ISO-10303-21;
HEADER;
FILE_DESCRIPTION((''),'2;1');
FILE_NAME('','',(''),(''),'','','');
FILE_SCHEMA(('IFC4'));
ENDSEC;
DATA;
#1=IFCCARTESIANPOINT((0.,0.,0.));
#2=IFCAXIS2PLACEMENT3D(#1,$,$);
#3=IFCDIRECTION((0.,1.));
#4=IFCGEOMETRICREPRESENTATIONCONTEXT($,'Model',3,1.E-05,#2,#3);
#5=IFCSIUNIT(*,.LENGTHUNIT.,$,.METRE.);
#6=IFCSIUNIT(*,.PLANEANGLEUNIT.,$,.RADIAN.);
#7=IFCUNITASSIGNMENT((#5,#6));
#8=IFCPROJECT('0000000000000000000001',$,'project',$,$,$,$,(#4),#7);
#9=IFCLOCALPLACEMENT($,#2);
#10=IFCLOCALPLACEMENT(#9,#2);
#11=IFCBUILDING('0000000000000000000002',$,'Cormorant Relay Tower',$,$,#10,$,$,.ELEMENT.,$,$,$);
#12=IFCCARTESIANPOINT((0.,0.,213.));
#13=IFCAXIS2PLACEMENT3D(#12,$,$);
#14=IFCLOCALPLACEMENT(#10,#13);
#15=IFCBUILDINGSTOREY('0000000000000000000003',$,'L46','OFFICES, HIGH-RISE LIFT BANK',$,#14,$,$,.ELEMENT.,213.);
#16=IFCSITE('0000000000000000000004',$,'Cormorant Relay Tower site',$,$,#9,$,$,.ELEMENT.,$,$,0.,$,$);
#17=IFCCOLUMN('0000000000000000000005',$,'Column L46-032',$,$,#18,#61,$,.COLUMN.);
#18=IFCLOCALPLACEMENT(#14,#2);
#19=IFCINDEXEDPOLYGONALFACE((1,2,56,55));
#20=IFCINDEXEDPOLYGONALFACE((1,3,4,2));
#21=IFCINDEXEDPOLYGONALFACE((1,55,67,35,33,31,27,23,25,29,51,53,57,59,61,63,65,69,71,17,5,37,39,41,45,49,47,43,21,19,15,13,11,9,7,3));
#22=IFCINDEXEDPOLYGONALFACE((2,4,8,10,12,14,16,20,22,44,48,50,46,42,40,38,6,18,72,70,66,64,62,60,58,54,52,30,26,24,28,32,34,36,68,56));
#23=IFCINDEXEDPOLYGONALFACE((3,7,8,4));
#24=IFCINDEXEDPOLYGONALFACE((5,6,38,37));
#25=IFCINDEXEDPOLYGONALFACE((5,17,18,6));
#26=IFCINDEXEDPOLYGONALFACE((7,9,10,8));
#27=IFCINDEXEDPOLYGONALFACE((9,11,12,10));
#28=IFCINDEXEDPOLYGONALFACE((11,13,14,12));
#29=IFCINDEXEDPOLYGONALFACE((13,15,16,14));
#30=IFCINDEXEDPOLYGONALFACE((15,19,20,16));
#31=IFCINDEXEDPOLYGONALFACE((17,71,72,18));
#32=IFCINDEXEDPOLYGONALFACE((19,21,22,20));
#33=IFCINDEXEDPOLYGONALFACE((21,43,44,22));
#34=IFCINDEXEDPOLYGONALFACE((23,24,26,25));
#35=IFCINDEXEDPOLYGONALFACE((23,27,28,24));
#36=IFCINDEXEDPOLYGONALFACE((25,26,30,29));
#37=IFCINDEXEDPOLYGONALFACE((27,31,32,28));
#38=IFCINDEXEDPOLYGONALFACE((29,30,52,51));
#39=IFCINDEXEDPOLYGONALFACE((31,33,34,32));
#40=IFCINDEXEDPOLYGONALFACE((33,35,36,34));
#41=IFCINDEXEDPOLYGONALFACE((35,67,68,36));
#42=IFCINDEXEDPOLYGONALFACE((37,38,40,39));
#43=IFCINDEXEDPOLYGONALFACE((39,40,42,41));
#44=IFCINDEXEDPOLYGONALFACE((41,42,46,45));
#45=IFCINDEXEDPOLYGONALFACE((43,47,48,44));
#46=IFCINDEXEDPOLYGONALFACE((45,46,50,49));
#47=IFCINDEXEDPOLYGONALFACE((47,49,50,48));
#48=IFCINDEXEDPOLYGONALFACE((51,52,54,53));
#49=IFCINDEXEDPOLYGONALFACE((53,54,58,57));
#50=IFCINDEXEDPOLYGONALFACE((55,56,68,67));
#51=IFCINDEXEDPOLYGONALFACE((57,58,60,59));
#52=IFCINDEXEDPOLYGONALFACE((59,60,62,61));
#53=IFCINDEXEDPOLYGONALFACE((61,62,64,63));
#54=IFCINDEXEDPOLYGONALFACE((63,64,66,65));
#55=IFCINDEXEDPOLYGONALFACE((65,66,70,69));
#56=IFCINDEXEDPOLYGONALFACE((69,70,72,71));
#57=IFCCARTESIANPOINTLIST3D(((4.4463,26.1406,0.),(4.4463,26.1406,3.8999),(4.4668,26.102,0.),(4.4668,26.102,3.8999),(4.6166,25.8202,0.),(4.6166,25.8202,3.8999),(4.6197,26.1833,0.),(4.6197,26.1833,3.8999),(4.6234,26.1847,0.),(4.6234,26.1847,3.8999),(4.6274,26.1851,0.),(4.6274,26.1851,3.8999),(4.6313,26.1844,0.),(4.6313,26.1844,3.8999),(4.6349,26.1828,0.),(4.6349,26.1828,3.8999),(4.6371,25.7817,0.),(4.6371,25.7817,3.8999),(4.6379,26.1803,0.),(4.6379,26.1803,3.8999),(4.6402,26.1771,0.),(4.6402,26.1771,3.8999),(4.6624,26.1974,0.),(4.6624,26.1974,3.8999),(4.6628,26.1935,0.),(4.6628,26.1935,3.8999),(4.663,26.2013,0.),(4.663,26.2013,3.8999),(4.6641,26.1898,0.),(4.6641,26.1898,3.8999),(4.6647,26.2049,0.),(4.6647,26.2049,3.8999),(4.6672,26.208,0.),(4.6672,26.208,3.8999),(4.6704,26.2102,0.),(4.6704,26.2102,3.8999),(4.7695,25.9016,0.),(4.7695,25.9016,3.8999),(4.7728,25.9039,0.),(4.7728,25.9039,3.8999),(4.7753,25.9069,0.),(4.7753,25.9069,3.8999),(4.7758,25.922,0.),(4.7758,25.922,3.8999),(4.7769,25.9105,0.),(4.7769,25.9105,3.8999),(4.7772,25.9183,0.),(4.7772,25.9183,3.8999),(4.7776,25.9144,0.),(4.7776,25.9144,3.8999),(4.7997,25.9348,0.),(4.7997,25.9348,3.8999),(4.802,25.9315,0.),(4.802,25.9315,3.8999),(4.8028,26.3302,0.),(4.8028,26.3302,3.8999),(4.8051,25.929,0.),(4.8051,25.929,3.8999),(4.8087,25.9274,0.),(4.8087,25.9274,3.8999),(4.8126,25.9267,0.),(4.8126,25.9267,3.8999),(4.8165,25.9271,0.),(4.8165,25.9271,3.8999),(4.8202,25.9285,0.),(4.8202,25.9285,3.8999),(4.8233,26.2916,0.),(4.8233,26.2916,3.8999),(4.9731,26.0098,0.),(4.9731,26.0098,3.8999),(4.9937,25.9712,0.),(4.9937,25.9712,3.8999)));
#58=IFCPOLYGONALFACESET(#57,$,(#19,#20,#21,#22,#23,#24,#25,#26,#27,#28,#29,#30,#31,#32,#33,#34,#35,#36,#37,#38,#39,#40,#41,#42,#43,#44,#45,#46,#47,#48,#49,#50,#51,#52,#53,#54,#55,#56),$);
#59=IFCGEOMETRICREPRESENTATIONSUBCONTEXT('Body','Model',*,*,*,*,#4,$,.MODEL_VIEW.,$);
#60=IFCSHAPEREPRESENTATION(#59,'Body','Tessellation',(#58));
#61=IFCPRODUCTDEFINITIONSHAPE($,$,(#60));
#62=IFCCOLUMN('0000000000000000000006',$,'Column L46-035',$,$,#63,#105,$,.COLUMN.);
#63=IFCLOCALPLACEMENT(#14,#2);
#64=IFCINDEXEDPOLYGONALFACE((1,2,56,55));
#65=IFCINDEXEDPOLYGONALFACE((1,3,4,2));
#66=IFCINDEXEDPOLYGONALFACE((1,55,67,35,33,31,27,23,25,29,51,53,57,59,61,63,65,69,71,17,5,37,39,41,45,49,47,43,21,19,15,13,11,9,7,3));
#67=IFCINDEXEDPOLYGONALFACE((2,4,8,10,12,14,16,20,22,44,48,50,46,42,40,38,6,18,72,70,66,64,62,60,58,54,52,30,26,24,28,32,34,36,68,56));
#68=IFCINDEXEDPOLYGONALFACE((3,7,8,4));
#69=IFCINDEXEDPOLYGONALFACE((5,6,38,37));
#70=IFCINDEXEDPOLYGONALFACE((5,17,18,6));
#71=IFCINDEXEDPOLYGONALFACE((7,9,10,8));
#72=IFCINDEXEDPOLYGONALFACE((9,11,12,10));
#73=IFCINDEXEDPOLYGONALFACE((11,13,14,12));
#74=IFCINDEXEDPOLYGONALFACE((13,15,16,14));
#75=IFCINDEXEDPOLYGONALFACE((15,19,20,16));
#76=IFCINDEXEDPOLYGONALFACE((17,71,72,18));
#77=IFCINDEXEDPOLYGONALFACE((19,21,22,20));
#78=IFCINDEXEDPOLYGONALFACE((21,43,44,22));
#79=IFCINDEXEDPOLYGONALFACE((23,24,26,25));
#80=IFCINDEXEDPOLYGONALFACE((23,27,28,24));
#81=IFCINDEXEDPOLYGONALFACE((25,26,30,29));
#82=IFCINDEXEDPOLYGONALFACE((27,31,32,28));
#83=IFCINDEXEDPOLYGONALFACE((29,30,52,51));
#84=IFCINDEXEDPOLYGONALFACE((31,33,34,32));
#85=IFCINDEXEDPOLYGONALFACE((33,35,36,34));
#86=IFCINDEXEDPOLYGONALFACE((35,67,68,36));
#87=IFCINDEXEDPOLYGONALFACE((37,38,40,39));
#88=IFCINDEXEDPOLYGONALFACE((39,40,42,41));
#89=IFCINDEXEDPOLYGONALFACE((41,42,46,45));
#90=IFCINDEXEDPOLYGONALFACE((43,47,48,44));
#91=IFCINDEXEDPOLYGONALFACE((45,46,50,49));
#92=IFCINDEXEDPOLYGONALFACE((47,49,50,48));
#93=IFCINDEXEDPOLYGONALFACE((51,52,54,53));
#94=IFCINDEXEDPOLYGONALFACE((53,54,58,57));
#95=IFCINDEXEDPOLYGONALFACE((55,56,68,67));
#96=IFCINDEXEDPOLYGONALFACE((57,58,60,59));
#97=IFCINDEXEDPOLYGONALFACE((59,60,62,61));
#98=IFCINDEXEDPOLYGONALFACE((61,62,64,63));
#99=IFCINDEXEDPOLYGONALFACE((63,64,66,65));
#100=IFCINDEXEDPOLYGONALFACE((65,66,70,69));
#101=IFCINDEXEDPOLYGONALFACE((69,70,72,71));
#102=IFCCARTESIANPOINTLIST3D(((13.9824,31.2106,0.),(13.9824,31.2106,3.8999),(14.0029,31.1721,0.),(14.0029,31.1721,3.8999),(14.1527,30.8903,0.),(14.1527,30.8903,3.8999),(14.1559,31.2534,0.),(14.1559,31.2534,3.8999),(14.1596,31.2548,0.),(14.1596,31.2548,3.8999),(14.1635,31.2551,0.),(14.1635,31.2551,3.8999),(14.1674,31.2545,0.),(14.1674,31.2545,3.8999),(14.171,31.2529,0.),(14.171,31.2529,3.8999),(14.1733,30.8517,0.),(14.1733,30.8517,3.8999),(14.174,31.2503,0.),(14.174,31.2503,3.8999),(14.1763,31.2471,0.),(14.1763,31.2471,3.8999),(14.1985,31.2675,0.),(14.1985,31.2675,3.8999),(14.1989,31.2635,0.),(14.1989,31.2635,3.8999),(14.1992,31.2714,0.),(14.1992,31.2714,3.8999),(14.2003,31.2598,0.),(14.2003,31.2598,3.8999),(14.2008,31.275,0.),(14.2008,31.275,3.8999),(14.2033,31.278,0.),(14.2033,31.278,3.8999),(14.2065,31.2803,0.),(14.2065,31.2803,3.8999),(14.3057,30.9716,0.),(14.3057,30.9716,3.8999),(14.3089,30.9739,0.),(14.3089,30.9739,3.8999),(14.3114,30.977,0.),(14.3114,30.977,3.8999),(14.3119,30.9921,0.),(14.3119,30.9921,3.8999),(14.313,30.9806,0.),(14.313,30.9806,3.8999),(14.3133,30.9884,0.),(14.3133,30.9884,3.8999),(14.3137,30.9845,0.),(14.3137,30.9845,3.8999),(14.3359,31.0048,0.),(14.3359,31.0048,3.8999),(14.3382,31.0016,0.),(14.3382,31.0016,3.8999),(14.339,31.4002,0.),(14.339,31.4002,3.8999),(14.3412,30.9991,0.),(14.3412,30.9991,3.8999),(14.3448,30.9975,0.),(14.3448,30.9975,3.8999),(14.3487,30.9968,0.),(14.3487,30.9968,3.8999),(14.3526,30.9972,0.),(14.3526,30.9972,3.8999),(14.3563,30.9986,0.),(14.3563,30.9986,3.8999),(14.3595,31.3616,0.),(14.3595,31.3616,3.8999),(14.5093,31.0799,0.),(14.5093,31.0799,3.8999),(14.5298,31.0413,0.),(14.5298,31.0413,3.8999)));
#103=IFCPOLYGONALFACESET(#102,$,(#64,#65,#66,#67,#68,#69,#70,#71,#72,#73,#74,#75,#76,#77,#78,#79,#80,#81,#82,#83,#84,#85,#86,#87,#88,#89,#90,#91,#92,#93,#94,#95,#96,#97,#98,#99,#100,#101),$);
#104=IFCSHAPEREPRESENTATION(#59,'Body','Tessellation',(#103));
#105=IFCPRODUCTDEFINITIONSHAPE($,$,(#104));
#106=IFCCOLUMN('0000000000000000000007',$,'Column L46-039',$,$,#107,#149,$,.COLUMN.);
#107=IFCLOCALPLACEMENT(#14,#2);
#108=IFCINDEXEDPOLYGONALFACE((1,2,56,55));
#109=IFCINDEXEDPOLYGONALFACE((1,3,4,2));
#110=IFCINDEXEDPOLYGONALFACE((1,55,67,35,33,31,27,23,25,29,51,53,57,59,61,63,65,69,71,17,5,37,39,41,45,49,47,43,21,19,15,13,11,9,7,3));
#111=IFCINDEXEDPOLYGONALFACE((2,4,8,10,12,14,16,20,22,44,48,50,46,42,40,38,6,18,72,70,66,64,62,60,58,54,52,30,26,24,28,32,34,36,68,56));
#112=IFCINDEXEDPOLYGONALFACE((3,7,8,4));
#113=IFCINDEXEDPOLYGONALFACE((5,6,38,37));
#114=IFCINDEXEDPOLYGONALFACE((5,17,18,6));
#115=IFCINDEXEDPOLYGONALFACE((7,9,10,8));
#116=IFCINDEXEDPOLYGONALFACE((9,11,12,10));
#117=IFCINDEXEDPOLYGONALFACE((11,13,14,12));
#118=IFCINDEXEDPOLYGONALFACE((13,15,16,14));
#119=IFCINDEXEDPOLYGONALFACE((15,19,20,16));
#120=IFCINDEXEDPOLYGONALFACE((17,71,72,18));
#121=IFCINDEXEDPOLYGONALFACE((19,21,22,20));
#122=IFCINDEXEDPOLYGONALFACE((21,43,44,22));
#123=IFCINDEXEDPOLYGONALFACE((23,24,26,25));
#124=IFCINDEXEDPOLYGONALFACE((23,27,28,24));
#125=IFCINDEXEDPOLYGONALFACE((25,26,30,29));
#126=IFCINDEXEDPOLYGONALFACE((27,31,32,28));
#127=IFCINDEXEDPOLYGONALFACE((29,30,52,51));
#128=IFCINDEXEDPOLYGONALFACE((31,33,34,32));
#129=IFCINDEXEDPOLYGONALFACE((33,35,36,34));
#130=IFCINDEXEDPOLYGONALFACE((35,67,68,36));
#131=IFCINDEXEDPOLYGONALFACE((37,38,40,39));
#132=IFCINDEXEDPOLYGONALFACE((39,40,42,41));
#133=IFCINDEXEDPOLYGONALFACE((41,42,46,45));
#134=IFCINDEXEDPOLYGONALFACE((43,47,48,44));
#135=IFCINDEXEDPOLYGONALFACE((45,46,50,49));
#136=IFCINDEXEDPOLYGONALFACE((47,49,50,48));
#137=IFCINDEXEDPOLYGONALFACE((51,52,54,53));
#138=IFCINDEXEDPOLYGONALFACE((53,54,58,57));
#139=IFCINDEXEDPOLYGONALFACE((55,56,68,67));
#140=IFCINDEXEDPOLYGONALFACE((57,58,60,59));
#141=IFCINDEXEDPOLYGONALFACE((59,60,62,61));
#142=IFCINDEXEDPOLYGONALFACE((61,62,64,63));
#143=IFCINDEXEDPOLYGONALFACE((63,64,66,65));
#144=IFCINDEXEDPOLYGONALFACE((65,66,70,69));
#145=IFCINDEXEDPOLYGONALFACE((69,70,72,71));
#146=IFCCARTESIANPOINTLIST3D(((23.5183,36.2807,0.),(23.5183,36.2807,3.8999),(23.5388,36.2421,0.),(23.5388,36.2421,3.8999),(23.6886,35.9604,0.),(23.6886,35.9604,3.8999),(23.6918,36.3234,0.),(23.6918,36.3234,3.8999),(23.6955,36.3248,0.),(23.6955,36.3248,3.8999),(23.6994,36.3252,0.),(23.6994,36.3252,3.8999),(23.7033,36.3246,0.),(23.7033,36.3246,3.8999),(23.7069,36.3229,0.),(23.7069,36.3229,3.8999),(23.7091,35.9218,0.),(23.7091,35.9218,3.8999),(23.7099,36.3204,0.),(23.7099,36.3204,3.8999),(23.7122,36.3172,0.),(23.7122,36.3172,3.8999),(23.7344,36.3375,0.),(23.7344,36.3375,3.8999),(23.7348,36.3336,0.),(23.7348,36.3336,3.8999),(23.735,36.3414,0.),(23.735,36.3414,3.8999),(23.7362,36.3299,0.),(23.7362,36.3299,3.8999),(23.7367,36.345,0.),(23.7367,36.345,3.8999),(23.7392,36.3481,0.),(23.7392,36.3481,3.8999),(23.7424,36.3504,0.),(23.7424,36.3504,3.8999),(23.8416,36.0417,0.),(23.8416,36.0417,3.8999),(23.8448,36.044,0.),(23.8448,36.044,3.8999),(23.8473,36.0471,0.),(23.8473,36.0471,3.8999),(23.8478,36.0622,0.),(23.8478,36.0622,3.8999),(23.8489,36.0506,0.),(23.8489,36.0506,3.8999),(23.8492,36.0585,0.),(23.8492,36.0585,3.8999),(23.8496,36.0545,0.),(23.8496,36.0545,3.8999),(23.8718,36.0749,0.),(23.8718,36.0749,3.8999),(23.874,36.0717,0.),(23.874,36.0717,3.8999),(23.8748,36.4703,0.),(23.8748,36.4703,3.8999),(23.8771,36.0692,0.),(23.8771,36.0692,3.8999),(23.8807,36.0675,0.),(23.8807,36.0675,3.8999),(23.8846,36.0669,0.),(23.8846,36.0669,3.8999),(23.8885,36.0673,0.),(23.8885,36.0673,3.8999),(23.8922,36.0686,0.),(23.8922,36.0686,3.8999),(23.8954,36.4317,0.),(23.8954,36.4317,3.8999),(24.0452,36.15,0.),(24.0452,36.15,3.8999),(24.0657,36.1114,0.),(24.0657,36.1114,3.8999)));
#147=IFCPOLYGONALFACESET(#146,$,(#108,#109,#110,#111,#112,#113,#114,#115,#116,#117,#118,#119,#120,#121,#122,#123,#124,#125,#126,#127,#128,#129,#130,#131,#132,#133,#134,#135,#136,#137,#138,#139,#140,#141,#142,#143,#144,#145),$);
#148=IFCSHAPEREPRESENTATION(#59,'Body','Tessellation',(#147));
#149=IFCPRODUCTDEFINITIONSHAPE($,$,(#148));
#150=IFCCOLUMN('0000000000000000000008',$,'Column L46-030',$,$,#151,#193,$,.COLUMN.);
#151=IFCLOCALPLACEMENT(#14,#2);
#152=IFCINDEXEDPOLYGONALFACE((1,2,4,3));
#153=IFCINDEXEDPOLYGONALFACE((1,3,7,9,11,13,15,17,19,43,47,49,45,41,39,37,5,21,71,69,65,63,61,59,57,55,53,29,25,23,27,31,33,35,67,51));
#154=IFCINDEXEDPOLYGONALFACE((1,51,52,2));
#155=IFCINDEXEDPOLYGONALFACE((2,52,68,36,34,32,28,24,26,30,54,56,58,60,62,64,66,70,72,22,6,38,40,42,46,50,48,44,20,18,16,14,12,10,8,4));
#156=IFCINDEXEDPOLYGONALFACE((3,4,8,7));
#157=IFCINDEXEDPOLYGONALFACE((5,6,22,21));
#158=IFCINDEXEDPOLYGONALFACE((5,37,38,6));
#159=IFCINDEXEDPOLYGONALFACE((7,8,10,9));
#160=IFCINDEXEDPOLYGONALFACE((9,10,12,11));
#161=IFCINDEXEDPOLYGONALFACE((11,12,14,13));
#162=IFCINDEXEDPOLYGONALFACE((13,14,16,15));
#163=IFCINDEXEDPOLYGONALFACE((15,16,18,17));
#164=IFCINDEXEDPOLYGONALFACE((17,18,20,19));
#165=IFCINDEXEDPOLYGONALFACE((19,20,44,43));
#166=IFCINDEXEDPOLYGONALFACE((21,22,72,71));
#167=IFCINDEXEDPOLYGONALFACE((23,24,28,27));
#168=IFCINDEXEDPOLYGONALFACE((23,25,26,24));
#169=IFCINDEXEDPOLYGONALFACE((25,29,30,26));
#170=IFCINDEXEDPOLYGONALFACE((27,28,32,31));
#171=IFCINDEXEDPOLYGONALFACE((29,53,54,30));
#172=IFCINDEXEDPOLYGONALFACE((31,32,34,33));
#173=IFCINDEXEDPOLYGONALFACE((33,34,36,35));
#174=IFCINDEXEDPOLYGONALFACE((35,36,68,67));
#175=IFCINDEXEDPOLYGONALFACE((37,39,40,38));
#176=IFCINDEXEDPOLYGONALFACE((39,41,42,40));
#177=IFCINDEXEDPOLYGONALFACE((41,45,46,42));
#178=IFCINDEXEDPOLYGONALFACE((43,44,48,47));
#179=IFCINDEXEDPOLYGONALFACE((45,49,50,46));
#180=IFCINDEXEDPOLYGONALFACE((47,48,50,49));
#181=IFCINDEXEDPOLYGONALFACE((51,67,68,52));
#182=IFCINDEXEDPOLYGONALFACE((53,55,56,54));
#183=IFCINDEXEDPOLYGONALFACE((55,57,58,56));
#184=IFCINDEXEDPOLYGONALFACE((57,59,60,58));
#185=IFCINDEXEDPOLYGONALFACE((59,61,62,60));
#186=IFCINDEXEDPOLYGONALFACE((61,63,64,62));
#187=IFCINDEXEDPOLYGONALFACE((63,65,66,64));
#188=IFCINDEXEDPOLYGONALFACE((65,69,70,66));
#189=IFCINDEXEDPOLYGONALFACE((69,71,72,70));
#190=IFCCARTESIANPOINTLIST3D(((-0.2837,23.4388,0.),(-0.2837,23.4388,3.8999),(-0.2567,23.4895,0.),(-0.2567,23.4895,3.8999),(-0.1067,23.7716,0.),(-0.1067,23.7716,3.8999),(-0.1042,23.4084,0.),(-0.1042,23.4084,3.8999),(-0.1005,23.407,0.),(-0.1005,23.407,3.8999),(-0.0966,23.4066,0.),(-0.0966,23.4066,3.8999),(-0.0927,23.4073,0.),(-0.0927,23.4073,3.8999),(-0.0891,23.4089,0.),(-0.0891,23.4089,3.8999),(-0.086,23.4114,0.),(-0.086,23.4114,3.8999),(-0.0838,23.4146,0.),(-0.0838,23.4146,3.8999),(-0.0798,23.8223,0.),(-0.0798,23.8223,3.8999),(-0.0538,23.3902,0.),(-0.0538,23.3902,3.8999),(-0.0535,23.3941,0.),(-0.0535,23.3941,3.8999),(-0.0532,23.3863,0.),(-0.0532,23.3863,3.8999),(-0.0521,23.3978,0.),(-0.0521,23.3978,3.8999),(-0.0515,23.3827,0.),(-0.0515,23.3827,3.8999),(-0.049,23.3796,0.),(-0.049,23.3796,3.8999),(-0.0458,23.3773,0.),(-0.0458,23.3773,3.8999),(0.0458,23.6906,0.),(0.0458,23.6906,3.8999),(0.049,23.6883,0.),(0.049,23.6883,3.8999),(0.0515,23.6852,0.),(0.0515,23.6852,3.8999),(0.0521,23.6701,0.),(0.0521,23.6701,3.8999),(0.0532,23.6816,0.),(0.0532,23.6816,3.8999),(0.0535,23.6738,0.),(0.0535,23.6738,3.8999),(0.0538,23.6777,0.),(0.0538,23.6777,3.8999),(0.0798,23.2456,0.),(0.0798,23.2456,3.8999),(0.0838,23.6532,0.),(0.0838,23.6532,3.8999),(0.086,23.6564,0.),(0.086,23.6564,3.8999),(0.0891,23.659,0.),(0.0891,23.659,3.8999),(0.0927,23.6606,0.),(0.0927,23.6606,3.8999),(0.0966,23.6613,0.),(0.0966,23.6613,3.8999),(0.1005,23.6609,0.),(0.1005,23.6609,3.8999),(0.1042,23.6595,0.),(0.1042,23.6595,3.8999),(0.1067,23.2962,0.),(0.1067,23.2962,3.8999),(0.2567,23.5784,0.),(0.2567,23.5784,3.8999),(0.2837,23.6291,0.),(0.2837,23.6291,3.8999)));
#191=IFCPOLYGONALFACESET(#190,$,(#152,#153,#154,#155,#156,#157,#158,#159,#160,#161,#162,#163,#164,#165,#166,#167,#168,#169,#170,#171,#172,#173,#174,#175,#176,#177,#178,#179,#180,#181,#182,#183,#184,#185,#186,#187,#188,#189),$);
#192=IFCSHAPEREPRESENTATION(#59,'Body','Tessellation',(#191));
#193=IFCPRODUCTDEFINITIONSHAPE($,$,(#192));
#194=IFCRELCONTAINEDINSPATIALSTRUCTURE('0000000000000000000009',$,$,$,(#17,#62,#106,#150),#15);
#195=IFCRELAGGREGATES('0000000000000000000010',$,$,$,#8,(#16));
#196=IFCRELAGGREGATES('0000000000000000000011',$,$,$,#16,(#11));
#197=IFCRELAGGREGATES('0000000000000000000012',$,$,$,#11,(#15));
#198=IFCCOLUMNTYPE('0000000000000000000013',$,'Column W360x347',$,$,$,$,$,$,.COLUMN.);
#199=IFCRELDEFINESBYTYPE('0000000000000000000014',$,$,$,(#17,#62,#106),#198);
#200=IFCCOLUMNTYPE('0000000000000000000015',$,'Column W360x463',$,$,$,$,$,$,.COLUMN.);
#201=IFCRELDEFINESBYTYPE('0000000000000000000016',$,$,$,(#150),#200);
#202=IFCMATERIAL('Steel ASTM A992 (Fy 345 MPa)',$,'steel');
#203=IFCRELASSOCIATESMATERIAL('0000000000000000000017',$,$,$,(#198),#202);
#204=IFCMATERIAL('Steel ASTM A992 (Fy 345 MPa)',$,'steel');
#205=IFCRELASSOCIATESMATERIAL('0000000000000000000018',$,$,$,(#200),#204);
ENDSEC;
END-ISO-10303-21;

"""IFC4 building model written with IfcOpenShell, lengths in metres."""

from ifc_helpers import new_model, si_unit, direction, frame, origin, origin_2d, place, context, subcontext, project, spatial, i_section, extrude, material, material_profile, profile_set, type_object, element, save


model = new_model("IFC4")

# Units and contexts
model_context = context("Model", 3, precision=1e-05, world=origin(), true_north=direction((0.0, 1.0)))
body_context = subcontext(model_context, "Body", "Model", "MODEL_VIEW")
ifc_project = project(units=[si_unit("LENGTHUNIT", "METRE"), si_unit("PLANEANGLEUNIT", "RADIAN")], contexts=[model_context])

# Site, building, storey
site_placement = place(None, origin())
site = spatial("IfcSite", under=ifc_project, at=site_placement, Name="Cormorant Relay Tower site", CompositionType="ELEMENT", RefElevation=0.0)
building_placement = place(site_placement, origin())
building = spatial("IfcBuilding", under=site, at=building_placement, Name="Cormorant Relay Tower", CompositionType="ELEMENT")
storey_placement = place(building_placement, frame((0.0, 0.0, 213.0)))
storey = spatial("IfcBuildingStorey", under=building, at=storey_placement, Name="L46", Description="OFFICES, HIGH-RISE LIFT BANK", CompositionType="ELEMENT", Elevation=213.0)

# Columns
ifc_material_1 = material(Name="Steel ASTM A992 (Fy 345 MPa)", Category="steel")
ifc_material_profile_1 = material_profile(ifc_material_1, i_section(OverallWidth=0.4038, OverallDepth=0.4065, WebThickness=0.0271, FlangeThickness=0.0437, FilletRadius=0.0151, at=origin_2d()), Name="W360x347")
ifc_profile_set_1 = profile_set([ifc_material_profile_1], Name="Steel ASTM A992 (Fy 345 MPa)")
column_type_1 = type_object("IfcColumnType", Name="Column W360x347", PredefinedType="COLUMN", material=ifc_profile_set_1)
for number, where, z_axis, x_axis, name in (
    (1, (4.72, 26.0559, 0.0), (0.0, 0.0, 1.0), (-0.882948, -0.469472, 0.0), "Column L46-032"),
    (2, (14.2561, 31.126, 0.0), (0.0, 0.0, 1.0), (-0.882948, -0.469472, 0.0), "Column L46-035"),
    (3, (23.792, 36.196, 0.0), (0.0, 0.0, 1.0), (-0.882948, -0.469472, 0.0), "Column L46-039"),
):
    element("IfcColumn", number, at=place(storey_placement, frame(where, z_axis=z_axis, x_axis=x_axis)), inside=storey, type_object=column_type_1, Name=name, PredefinedType="COLUMN", context=body_context, shape_type="SweptSolid", body=[
        extrude(i_section(OverallWidth=0.4038, OverallDepth=0.4065, WebThickness=0.0271, FlangeThickness=0.0437, FilletRadius=0.0151, at=origin_2d()), origin(), (0.0, 0.0, 1.0), 3.8999),
    ])
ifc_material_2 = material(Name="Steel ASTM A992 (Fy 345 MPa)", Category="steel")
ifc_material_profile_2 = material_profile(ifc_material_2, i_section(OverallWidth=0.4116, OverallDepth=0.4343, WebThickness=0.0359, FlangeThickness=0.0574, FilletRadius=0.0151, at=origin_2d()), Name="W360x463")
ifc_profile_set_2 = profile_set([ifc_material_profile_2], Name="Steel ASTM A992 (Fy 345 MPa)")
column_type_2 = type_object("IfcColumnType", Name="Column W360x463", PredefinedType="COLUMN", material=ifc_profile_set_2)
column_placement = place(storey_placement, frame((0.0, 23.5339, 0.0), z_axis=(0.0, 0.0, 1.0), x_axis=(-0.882948, 0.469472, 0.0)))
element("IfcColumn", 4, at=column_placement, inside=storey, type_object=column_type_2, Name="Column L46-030", PredefinedType="COLUMN", context=body_context, shape_type="SweptSolid", body=[
    extrude(i_section(OverallWidth=0.4116, OverallDepth=0.4343, WebThickness=0.0359, FlangeThickness=0.0574, FilletRadius=0.0151, at=origin_2d()), origin(), (0.0, 0.0, 1.0), 3.8999),
])

save(model, "model.ifc")
